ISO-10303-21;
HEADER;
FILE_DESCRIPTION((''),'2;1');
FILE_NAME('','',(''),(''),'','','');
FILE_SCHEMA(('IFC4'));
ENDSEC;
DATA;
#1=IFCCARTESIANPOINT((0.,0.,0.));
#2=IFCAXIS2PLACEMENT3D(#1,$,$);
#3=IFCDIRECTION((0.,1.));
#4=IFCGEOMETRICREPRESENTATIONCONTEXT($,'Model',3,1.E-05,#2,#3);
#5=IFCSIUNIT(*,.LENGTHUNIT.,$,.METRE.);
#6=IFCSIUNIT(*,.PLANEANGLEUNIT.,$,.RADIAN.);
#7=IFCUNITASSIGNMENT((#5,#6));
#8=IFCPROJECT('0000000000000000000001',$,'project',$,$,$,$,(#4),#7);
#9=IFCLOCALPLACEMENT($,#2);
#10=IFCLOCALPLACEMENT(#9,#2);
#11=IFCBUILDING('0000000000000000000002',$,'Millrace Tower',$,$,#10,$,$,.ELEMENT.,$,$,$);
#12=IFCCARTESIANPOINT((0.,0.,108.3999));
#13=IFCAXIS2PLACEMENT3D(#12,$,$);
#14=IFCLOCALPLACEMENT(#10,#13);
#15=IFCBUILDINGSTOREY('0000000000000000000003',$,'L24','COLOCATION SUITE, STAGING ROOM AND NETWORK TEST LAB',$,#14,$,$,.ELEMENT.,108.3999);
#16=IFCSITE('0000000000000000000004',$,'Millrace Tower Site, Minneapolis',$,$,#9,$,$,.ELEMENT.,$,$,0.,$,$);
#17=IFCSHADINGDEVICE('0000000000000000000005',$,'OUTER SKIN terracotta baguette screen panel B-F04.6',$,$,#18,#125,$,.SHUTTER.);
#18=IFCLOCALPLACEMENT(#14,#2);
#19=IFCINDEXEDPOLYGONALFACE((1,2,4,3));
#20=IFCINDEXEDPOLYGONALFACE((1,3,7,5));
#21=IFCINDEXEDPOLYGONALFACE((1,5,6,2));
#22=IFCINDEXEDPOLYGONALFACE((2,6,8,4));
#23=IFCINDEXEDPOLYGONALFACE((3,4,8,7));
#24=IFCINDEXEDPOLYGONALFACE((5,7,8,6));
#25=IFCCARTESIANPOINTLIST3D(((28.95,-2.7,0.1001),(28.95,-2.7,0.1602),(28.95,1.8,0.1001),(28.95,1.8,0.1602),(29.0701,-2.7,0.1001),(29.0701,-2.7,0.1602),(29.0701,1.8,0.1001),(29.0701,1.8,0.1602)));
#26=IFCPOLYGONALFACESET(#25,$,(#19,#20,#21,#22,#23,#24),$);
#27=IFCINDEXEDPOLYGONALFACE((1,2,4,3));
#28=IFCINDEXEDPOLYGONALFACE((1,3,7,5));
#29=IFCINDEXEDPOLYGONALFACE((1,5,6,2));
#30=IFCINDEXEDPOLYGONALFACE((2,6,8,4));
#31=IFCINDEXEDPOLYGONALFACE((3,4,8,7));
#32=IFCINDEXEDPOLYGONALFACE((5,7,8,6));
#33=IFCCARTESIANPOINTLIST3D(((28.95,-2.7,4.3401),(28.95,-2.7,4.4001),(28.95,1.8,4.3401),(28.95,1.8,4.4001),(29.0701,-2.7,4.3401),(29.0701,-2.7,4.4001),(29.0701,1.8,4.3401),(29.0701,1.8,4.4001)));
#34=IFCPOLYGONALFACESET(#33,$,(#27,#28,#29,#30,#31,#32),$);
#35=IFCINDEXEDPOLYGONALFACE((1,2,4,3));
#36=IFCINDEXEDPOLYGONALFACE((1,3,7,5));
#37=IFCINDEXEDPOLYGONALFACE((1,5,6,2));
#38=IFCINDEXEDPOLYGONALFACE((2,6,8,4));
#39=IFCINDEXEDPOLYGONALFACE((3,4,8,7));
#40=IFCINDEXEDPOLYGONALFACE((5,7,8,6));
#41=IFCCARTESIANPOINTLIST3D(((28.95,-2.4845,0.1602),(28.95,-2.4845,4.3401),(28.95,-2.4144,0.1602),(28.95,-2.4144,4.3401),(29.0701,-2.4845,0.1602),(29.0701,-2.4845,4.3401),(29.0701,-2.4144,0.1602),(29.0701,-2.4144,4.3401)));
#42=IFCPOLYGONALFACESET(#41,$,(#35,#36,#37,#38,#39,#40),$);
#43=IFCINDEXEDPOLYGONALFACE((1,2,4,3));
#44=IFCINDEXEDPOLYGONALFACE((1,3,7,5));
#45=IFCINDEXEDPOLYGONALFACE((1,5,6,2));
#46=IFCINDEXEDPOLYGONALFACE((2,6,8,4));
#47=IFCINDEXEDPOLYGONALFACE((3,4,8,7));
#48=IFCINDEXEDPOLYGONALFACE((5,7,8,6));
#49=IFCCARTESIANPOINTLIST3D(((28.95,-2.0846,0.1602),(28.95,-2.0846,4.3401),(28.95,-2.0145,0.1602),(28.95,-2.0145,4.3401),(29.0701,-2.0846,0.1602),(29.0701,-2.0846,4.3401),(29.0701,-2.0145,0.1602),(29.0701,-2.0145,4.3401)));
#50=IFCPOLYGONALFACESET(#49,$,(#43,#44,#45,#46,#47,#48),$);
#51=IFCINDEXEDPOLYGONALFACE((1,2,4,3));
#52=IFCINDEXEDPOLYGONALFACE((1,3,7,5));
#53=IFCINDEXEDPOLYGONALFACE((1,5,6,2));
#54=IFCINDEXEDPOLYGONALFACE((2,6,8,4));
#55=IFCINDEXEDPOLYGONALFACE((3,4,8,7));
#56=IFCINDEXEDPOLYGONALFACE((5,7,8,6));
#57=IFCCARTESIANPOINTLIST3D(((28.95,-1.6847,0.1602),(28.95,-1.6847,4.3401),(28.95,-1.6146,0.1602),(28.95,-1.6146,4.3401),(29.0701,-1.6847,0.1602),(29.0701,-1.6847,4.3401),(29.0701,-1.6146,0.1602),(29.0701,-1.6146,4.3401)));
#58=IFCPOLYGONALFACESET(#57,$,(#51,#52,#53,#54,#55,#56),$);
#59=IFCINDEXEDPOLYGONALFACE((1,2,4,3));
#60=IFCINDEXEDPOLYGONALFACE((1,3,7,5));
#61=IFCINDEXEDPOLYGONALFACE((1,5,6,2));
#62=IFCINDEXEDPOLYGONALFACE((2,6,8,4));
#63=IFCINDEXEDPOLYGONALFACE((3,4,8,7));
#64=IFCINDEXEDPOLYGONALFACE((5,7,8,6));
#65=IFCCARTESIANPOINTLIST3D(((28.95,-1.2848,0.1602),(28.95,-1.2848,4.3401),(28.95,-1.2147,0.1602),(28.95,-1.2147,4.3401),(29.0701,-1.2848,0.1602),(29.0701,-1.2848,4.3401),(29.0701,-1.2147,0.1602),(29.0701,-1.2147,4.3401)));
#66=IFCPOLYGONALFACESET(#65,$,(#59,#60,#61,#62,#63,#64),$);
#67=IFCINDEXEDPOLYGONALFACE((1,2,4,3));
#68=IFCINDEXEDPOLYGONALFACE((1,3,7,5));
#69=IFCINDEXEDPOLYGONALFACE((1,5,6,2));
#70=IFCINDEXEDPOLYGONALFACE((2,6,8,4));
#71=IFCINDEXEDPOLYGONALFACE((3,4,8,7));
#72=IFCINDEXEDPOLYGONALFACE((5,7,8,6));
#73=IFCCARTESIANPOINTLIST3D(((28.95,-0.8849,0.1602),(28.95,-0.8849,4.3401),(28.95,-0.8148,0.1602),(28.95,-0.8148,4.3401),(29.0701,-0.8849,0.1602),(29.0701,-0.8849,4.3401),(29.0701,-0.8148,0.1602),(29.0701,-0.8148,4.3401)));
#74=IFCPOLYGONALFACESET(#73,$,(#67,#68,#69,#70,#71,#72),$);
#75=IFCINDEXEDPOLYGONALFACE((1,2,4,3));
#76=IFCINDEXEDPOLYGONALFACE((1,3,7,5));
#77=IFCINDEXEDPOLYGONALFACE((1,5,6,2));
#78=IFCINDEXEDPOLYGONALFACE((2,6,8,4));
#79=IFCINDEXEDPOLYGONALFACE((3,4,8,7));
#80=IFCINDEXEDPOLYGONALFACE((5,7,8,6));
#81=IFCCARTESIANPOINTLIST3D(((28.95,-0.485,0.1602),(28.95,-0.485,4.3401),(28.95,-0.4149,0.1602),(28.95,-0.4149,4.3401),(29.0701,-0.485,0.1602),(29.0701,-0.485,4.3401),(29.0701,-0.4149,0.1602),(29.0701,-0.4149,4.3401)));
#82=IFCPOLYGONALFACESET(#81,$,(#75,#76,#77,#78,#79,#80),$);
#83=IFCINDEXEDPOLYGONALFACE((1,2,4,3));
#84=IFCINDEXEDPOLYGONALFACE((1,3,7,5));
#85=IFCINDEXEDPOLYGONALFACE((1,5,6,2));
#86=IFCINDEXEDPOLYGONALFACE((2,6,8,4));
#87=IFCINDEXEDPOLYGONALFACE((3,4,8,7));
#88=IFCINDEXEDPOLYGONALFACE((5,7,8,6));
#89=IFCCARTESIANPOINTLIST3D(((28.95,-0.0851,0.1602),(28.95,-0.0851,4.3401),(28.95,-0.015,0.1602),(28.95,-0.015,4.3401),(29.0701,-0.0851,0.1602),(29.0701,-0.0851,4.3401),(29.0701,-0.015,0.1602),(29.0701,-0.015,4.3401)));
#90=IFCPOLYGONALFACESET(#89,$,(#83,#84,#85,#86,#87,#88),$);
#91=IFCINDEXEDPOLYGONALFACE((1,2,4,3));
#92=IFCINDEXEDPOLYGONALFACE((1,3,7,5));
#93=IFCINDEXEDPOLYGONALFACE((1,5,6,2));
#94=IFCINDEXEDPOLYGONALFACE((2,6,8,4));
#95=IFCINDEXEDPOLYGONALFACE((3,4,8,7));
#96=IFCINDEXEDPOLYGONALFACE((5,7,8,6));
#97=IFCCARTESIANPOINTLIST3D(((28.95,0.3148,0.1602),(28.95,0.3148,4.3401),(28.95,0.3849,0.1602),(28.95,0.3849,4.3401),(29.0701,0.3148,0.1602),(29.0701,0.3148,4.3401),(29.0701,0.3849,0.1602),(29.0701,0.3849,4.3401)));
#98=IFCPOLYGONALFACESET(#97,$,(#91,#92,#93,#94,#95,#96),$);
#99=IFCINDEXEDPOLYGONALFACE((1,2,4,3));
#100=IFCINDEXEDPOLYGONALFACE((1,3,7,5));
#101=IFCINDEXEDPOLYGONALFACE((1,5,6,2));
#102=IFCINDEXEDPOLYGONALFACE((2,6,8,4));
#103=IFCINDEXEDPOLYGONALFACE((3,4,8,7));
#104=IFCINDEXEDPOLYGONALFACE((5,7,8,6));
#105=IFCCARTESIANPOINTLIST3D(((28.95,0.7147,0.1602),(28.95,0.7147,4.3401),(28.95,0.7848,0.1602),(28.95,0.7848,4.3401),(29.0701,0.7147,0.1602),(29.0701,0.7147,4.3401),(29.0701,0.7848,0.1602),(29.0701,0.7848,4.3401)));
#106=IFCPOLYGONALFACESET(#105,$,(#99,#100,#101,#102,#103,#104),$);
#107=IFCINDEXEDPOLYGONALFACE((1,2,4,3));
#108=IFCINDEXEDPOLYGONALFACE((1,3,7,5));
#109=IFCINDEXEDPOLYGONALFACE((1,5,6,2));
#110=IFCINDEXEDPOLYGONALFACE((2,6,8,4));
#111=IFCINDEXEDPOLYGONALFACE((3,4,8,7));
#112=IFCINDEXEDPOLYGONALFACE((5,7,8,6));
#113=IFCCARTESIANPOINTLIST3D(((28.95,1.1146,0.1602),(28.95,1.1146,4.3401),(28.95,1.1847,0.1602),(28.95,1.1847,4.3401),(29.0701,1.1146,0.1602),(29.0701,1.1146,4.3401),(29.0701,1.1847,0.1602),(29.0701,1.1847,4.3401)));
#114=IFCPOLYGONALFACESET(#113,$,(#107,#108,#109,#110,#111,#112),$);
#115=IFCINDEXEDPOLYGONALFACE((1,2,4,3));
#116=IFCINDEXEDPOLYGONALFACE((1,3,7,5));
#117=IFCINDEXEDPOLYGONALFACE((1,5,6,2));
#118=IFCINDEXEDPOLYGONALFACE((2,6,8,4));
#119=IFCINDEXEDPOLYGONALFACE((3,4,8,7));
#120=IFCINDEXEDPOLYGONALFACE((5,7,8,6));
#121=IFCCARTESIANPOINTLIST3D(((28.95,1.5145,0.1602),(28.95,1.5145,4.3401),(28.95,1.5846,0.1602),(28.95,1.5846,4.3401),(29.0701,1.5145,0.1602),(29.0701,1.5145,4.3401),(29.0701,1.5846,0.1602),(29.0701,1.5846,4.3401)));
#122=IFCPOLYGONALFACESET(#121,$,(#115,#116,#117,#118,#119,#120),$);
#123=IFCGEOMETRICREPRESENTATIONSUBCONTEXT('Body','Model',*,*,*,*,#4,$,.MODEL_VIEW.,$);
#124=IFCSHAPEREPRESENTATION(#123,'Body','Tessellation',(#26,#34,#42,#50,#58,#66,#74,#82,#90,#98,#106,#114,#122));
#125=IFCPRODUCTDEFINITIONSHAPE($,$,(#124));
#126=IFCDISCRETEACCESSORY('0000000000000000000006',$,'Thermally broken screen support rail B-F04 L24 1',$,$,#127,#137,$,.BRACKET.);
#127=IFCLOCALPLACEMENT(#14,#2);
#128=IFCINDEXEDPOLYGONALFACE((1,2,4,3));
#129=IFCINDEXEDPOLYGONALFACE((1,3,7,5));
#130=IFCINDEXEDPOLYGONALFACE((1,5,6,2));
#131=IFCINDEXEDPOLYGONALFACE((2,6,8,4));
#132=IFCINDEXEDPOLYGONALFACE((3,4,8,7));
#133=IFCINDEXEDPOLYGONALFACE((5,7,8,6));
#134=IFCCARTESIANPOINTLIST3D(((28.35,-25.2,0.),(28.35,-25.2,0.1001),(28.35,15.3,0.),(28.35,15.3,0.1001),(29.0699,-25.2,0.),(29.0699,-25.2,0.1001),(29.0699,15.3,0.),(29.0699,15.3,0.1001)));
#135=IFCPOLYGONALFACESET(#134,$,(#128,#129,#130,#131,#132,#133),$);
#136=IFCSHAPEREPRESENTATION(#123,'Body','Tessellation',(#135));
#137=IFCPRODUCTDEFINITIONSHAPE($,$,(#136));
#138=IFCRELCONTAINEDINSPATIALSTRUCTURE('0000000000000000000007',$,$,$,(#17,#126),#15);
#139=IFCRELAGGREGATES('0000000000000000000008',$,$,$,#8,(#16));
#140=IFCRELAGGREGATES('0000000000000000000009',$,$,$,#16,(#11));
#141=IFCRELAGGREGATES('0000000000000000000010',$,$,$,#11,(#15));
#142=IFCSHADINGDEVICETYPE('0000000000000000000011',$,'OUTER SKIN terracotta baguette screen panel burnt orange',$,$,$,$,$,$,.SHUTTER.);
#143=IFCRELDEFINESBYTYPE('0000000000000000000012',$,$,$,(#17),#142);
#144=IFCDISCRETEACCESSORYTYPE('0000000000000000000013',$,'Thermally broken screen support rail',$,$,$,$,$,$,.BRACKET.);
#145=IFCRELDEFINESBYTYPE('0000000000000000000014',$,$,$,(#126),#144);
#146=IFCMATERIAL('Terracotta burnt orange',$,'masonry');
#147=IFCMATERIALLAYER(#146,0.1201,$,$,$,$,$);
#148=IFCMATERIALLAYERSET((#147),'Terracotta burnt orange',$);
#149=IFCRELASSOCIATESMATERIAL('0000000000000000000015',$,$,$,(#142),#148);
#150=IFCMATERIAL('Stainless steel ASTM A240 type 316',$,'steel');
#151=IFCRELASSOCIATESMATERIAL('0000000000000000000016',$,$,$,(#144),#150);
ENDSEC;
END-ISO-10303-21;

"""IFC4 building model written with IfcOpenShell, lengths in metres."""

from ifc_helpers import new_model, entity, si_unit, direction, frame, frame_2d, origin, origin_2d, place, context, subcontext, project, spatial, rectangle, extrude, source, transform, mapped, material, layer, layer_set, type_object, element, save


model = new_model("IFC4")

# Units and contexts
model_context = context("Model", 3, precision=1e-05, world=origin(), true_north=direction((0.0, 1.0)))
body_context = subcontext(model_context, "Body", "Model", "MODEL_VIEW")
ifc_project = project(units=[si_unit("LENGTHUNIT", "METRE"), si_unit("PLANEANGLEUNIT", "RADIAN")], contexts=[model_context])

# Site, building, storey
site_placement = place(None, origin())
site = spatial("IfcSite", under=ifc_project, at=site_placement, Name="Millrace Tower Site, Minneapolis", CompositionType="ELEMENT", RefElevation=0.0)
building_placement = place(site_placement, origin())
building = spatial("IfcBuilding", under=site, at=building_placement, Name="Millrace Tower", CompositionType="ELEMENT")
storey_placement = place(building_placement, frame((0.0, 0.0, 108.3999)))
storey = spatial("IfcBuildingStorey", under=building, at=storey_placement, Name="L24", Description="COLOCATION SUITE, STAGING ROOM AND NETWORK TEST LAB", CompositionType="ELEMENT", Elevation=108.3999)

# Shading device
ifc_material_1 = material(Name="Terracotta burnt orange", Category="masonry")
ifc_layer_1 = layer(ifc_material_1, 0.1201)
ifc_layer_set_1 = layer_set([ifc_layer_1], Name="Terracotta burnt orange")
shading_device_type = type_object("IfcShadingDeviceType", Name="OUTER SKIN terracotta baguette screen panel burnt orange", PredefinedType="SHUTTER", material=ifc_layer_set_1)
cartesian_point = entity("IfcCartesianPoint", [-2.25, 0.0601])
shared_polyline = entity("IfcPolyline", [cartesian_point, entity("IfcCartesianPoint", [2.25, 0.0601]), entity("IfcCartesianPoint", [2.25, -0.0601]), entity("IfcCartesianPoint", [-2.25, -0.0601]), cartesian_point])
shared_shape = source(origin(), body_context, "Body", "SweptSolid", [
    entity("IfcExtrudedAreaSolid", entity("IfcArbitraryClosedProfileDef", "AREA", None, shared_polyline), entity("IfcAxis2Placement3D", entity("IfcCartesianPoint", [0.0, 0.0, 0.0])), entity("IfcDirection", [0.0, 0.0, 1.0]), 0.0601),
    entity("IfcExtrudedAreaSolid", entity("IfcArbitraryClosedProfileDef", "AREA", None, shared_polyline), entity("IfcAxis2Placement3D", entity("IfcCartesianPoint", [0.0, 0.0, 4.24])), entity("IfcDirection", [0.0, 0.0, 1.0]), 0.0601),
    extrude(rectangle(XDim=0.0701, YDim=0.1201, at=frame_2d((-1.9995, 0.0))), frame((0.0, 0.0, 0.0601)), (0.0, 0.0, 1.0), 4.1799),
    extrude(rectangle(XDim=0.0701, YDim=0.1201, at=frame_2d((-1.5996, 0.0))), frame((0.0, 0.0, 0.0601)), (0.0, 0.0, 1.0), 4.1799),
    extrude(rectangle(XDim=0.0701, YDim=0.1201, at=frame_2d((-1.1997, 0.0))), frame((0.0, 0.0, 0.0601)), (0.0, 0.0, 1.0), 4.1799),
    extrude(rectangle(XDim=0.0701, YDim=0.1201, at=frame_2d((-0.7998, 0.0))), frame((0.0, 0.0, 0.0601)), (0.0, 0.0, 1.0), 4.1799),
    extrude(rectangle(XDim=0.0701, YDim=0.1201, at=frame_2d((-0.3999, 0.0))), frame((0.0, 0.0, 0.0601)), (0.0, 0.0, 1.0), 4.1799),
    extrude(rectangle(XDim=0.0701, YDim=0.1201, at=origin_2d()), frame((0.0, 0.0, 0.0601)), (0.0, 0.0, 1.0), 4.1799),
    extrude(rectangle(XDim=0.0701, YDim=0.1201, at=frame_2d((0.3999, 0.0))), frame((0.0, 0.0, 0.0601)), (0.0, 0.0, 1.0), 4.1799),
    extrude(rectangle(XDim=0.0701, YDim=0.1201, at=frame_2d((0.7998, 0.0))), frame((0.0, 0.0, 0.0601)), (0.0, 0.0, 1.0), 4.1799),
    extrude(rectangle(XDim=0.0701, YDim=0.1201, at=frame_2d((1.1997, 0.0))), frame((0.0, 0.0, 0.0601)), (0.0, 0.0, 1.0), 4.1799),
    extrude(rectangle(XDim=0.0701, YDim=0.1201, at=frame_2d((1.5996, 0.0))), frame((0.0, 0.0, 0.0601)), (0.0, 0.0, 1.0), 4.1799),
    extrude(rectangle(XDim=0.0701, YDim=0.1201, at=frame_2d((1.9995, 0.0))), frame((0.0, 0.0, 0.0601)), (0.0, 0.0, 1.0), 4.1799),
])
for number, where, z_axis, x_axis, name in (
    (1, (29.01, -0.45, 0.1001), (0.0, 0.0, 1.0), (0.0, 1.0, 0.0), "OUTER SKIN terracotta baguette screen panel B-F04.6"),
):
    element("IfcShadingDevice", number, at=place(storey_placement, frame(where, z_axis=z_axis, x_axis=x_axis)), inside=storey, type_object=shading_device_type, Name=name, PredefinedType="SHUTTER", context=body_context, shape_type="MappedRepresentation", body=[
        mapped(shared_shape, transform((0.0, 0.0, 0.0), scale=1.0)),
    ])

# Discrete accessory
ifc_material_2 = material(Name="Stainless steel ASTM A240 type 316", Category="steel")
discrete_accessory_type = type_object("IfcDiscreteAccessoryType", Name="Thermally broken screen support rail", PredefinedType="BRACKET", material=ifc_material_2)
discrete_accessory_placement = place(storey_placement, frame((28.71, -4.95, 0.0), z_axis=(0.0, 0.0, 1.0), x_axis=(0.0, 1.0, 0.0)))
element("IfcDiscreteAccessory", 2, at=discrete_accessory_placement, inside=storey, type_object=discrete_accessory_type, Name="Thermally broken screen support rail B-F04 L24 1", PredefinedType="BRACKET", context=body_context, shape_type="SweptSolid", body=[
    extrude(rectangle(XDim=40.5, YDim=0.72, at=origin_2d()), origin(), (0.0, 0.0, 1.0), 0.1001),
])

save(model, "model.ifc")
